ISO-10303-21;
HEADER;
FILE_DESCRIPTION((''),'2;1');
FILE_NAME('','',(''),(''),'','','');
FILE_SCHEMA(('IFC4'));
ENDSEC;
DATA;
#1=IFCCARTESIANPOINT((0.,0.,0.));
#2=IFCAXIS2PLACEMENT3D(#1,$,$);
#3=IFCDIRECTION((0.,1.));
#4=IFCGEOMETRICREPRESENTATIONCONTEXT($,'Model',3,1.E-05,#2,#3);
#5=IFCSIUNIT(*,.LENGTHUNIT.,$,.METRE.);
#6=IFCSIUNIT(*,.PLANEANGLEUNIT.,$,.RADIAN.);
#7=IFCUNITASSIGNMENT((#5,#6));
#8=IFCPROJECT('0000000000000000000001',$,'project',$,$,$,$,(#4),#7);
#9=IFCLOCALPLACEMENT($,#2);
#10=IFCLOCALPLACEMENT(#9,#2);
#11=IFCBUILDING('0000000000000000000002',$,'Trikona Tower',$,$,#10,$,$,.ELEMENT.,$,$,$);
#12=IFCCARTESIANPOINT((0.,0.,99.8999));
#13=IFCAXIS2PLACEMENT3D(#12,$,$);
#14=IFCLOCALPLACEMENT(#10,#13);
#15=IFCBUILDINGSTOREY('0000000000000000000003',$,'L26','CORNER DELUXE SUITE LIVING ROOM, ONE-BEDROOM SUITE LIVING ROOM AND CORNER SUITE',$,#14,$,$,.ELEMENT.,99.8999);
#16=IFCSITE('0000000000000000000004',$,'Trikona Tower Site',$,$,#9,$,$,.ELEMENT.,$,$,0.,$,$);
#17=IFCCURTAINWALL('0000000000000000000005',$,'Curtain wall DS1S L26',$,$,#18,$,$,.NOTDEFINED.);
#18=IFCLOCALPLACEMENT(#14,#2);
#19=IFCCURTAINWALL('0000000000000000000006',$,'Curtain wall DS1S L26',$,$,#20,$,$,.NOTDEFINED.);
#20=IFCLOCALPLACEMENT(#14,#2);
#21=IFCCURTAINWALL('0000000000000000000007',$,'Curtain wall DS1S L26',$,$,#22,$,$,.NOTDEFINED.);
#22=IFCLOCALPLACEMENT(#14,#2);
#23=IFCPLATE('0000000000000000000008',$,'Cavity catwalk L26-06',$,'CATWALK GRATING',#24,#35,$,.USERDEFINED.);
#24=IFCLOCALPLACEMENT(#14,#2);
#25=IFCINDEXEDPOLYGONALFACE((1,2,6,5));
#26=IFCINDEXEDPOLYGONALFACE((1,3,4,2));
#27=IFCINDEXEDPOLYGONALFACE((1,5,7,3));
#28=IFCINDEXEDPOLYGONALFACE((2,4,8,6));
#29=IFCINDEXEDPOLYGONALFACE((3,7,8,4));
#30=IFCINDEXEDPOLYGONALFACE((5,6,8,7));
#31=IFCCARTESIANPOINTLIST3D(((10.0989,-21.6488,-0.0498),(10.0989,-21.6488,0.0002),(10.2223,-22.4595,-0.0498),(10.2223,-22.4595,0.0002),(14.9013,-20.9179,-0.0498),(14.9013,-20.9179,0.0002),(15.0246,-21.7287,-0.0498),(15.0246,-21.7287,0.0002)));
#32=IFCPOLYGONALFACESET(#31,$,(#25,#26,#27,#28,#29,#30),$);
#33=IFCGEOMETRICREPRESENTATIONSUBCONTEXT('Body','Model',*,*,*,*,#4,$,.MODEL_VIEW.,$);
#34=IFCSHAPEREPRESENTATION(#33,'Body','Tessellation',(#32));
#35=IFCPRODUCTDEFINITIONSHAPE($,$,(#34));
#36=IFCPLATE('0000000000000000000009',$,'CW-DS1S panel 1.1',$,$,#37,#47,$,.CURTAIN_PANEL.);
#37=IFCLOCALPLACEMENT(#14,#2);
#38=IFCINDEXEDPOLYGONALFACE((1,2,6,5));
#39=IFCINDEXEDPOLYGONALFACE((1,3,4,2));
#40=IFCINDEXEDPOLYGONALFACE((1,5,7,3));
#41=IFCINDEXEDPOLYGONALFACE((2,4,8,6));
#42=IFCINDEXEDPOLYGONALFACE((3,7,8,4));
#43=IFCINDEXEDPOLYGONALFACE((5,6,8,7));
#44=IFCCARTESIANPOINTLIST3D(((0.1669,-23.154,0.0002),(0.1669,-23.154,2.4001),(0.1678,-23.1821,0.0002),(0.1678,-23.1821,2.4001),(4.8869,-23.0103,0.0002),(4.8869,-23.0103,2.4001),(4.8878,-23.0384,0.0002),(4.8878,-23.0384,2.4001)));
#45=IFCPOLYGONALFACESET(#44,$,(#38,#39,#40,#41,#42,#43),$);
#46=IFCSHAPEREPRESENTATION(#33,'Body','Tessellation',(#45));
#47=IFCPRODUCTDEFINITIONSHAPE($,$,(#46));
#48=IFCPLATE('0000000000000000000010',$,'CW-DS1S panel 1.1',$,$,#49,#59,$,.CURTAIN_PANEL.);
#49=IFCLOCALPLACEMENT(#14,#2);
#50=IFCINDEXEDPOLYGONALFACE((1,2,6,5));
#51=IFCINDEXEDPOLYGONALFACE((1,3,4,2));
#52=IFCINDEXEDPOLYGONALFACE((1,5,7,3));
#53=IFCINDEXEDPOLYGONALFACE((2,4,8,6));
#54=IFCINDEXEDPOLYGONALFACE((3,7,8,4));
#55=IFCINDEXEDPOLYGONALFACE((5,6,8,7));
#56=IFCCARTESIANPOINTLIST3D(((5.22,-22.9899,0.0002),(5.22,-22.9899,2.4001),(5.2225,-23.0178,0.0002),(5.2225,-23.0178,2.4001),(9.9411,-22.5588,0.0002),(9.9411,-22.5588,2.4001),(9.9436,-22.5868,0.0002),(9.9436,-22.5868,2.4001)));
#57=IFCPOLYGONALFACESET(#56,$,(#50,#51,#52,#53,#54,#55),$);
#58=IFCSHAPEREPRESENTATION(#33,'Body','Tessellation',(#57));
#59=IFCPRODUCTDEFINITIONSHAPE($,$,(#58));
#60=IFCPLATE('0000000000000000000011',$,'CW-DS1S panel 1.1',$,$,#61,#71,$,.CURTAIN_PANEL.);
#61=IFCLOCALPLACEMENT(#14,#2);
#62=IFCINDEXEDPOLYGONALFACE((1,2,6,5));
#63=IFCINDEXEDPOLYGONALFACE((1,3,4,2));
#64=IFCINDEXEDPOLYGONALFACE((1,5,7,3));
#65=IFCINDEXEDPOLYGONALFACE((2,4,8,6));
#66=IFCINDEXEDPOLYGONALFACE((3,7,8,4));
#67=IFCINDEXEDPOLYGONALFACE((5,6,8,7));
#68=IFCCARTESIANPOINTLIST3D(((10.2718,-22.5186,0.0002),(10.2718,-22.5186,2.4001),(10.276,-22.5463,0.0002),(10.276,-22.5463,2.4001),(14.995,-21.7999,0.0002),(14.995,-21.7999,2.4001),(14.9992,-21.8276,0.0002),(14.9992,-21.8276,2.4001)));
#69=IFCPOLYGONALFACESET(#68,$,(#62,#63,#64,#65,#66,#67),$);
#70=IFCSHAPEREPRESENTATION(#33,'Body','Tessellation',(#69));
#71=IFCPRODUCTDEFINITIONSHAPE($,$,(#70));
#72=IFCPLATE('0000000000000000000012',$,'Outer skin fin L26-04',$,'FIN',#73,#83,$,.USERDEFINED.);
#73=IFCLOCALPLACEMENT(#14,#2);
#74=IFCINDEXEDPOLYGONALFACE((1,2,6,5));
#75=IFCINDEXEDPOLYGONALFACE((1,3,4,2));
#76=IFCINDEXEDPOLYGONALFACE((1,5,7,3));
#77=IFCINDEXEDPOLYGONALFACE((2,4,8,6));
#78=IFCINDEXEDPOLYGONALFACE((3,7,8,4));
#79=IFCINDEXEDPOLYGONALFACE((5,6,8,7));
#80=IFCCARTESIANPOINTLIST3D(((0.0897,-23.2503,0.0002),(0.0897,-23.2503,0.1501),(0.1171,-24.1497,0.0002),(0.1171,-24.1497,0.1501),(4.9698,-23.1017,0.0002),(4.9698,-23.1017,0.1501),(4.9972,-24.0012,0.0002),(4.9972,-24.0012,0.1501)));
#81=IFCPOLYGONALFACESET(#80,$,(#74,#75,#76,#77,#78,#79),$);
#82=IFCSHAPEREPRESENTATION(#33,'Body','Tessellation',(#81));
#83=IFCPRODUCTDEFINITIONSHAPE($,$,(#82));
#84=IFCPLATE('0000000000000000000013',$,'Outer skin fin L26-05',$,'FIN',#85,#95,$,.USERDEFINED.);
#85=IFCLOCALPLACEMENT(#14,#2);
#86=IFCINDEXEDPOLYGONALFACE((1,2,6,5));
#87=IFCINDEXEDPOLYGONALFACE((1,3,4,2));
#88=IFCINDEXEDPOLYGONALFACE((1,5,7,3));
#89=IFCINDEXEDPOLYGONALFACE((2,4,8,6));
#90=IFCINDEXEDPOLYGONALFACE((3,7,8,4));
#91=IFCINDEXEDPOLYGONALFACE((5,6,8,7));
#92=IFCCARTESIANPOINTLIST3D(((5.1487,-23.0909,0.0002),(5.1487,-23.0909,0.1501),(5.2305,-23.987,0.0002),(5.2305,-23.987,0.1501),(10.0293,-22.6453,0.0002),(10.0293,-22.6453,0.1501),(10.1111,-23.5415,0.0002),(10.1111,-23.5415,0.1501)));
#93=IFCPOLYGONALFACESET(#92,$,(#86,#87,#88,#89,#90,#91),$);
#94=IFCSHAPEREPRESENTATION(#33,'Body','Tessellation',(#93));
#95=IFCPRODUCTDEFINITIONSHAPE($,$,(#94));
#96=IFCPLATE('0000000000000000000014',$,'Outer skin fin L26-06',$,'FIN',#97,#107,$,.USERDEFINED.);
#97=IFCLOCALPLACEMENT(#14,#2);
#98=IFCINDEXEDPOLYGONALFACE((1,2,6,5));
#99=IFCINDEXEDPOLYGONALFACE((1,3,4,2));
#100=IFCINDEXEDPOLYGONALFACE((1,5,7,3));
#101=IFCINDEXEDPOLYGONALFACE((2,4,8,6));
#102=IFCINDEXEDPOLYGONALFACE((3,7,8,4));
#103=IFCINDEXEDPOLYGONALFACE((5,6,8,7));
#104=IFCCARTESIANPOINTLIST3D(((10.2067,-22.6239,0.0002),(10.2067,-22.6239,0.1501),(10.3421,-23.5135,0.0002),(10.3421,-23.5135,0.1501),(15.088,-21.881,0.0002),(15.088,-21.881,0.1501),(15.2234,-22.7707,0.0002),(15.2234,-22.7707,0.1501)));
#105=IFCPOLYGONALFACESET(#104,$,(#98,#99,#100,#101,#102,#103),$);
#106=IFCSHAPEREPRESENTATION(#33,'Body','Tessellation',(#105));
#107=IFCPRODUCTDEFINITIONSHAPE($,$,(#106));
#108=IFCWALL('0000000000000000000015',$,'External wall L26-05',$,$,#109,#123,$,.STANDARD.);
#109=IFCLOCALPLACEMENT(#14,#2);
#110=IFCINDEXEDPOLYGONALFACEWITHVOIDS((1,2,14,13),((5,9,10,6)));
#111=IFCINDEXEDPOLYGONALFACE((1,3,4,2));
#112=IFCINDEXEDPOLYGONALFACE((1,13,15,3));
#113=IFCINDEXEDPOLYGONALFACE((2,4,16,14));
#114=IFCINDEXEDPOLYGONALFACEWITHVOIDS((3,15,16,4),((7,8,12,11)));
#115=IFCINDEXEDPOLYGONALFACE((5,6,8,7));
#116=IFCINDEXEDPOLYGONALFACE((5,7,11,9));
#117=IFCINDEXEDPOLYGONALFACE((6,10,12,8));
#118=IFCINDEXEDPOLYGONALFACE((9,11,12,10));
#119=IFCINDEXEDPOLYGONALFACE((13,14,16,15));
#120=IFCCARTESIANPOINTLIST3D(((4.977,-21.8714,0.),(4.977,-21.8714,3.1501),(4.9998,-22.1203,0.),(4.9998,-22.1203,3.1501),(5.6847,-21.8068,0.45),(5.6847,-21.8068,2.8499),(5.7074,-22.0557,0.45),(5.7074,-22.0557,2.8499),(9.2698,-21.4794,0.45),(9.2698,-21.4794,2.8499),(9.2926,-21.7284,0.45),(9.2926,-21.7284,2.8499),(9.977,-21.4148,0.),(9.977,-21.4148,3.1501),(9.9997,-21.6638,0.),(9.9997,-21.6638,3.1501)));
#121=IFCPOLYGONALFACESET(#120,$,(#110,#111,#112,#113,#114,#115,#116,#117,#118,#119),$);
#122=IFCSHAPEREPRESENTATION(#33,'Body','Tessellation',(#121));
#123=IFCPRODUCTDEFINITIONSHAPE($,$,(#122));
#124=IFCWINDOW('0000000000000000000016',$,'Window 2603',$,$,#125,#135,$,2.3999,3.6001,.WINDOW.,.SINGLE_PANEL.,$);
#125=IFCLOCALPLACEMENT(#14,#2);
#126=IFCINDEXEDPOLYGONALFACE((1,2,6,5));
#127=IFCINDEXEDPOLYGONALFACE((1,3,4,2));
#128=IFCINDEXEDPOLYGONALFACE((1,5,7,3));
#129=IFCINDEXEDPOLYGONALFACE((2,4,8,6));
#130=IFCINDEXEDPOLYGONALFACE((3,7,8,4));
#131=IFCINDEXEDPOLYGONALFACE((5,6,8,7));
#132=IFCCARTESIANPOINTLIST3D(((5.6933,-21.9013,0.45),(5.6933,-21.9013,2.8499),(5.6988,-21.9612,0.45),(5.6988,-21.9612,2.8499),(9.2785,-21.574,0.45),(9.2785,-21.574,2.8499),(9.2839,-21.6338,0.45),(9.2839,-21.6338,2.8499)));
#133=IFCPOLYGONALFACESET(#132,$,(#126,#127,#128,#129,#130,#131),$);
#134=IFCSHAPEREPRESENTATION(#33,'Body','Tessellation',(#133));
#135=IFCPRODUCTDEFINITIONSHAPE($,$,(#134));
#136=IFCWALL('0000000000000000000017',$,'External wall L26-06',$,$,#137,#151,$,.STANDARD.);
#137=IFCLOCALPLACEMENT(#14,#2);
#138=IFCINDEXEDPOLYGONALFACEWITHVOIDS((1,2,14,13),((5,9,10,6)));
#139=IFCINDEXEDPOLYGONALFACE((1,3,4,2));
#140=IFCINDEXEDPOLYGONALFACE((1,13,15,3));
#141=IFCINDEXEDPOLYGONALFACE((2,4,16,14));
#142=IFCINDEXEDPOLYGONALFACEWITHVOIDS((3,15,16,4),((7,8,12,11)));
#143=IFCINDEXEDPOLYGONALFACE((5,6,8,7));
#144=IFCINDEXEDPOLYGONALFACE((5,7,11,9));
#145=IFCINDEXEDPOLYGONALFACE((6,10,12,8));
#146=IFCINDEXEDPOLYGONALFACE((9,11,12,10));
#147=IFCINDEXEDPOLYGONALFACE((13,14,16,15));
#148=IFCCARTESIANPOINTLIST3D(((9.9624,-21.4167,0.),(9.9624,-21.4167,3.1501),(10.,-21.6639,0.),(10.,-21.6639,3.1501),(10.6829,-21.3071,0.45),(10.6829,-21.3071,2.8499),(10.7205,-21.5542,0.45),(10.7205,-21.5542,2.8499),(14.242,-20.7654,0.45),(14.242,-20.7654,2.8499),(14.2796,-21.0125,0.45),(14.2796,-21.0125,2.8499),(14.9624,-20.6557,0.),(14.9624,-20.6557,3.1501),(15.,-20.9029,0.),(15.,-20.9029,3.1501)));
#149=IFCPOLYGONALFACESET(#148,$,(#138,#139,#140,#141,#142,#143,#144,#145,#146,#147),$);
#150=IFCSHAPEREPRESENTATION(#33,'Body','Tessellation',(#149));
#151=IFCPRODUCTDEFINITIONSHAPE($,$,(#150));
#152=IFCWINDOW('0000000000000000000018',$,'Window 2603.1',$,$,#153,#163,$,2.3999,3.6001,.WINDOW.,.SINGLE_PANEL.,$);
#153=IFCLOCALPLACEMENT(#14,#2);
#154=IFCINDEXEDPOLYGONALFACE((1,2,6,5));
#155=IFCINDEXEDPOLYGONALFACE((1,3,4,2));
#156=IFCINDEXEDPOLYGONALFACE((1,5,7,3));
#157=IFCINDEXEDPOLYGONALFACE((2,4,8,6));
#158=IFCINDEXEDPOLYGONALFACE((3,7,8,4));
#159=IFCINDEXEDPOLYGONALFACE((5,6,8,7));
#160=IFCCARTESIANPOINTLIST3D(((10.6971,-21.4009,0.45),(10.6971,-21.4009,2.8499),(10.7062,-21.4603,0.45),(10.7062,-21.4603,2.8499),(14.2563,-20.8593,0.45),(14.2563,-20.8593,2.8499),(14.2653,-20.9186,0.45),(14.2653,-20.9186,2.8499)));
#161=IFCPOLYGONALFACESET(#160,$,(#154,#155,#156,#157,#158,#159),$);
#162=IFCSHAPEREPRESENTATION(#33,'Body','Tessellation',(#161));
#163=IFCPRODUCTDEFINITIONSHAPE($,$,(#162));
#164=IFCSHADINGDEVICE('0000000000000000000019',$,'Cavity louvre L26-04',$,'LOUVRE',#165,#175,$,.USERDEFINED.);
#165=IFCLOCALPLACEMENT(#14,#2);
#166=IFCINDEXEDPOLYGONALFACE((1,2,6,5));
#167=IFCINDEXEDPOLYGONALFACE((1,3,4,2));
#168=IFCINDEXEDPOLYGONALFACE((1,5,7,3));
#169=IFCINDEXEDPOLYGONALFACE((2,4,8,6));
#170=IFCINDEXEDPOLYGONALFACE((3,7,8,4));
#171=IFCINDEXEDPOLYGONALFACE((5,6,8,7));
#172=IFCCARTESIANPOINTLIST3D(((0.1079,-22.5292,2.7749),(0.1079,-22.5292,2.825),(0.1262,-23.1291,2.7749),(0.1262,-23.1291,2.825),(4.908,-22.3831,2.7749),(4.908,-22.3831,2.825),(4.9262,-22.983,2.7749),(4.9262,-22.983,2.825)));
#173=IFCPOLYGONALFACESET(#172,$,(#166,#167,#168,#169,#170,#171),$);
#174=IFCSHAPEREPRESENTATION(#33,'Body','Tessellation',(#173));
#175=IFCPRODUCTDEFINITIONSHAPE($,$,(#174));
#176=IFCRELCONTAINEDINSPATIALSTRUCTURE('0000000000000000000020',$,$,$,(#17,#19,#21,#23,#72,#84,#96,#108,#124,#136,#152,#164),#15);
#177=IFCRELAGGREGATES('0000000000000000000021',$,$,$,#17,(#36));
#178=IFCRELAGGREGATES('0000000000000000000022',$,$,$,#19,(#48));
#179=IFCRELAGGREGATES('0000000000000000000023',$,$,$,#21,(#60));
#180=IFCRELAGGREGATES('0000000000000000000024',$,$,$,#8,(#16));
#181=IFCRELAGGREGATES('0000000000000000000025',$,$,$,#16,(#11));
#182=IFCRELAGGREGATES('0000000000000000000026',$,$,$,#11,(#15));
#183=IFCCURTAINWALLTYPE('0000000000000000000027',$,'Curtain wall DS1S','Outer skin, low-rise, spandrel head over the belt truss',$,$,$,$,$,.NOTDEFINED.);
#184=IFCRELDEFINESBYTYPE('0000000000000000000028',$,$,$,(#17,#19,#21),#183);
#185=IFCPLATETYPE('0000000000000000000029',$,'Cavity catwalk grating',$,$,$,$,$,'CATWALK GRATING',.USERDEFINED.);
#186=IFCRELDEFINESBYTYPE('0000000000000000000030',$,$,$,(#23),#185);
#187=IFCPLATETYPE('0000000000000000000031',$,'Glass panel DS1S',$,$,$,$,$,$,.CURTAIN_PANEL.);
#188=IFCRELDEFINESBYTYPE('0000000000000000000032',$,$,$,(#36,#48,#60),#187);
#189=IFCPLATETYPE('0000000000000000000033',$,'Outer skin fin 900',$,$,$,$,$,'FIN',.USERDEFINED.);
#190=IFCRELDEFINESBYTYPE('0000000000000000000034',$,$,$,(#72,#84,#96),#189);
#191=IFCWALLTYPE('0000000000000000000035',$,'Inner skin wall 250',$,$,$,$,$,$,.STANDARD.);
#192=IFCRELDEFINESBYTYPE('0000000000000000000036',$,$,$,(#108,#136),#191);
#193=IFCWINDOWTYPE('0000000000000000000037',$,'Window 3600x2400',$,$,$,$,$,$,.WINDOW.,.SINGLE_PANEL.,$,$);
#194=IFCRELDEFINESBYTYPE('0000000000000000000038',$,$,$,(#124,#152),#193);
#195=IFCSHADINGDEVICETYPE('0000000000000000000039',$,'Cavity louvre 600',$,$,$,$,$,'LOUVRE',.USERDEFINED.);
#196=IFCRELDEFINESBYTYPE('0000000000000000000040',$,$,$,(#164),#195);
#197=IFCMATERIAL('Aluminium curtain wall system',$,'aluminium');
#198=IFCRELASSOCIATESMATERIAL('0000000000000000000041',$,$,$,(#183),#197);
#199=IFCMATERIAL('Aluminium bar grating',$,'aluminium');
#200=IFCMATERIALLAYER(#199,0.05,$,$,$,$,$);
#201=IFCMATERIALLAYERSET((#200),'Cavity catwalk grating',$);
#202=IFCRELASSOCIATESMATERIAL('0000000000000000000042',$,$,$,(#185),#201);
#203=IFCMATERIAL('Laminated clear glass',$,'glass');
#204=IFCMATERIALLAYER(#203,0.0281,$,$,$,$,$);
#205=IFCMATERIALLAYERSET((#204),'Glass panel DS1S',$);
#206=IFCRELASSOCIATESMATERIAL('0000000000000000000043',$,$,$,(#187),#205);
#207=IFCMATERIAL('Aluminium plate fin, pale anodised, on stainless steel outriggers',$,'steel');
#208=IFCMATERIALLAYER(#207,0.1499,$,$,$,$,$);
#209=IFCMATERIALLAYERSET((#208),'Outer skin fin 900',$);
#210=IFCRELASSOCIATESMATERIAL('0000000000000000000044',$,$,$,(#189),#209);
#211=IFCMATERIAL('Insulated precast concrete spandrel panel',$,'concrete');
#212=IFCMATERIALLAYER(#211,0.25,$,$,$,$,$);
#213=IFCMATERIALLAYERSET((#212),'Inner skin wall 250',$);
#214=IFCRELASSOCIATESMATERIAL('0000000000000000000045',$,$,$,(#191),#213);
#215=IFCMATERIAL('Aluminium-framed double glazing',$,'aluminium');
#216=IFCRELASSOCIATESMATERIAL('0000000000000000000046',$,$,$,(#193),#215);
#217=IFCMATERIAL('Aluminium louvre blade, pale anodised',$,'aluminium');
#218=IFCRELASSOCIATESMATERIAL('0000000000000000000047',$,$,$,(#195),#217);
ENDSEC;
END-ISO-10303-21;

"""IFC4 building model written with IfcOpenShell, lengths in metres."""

from ifc_helpers import new_model, si_unit, direction, frame, frame_2d, origin, origin_2d, place, context, subcontext, project, spatial, rectangle, extrude, material, layer, layer_set, type_object, element, fill, aggregate, save


model = new_model("IFC4")

# Units and contexts
model_context = context("Model", 3, precision=1e-05, world=origin(), true_north=direction((0.0, 1.0)))
body_context = subcontext(model_context, "Body", "Model", "MODEL_VIEW")
ifc_project = project(units=[si_unit("LENGTHUNIT", "METRE"), si_unit("PLANEANGLEUNIT", "RADIAN")], contexts=[model_context])

# Site, building, storey
site_placement = place(None, origin())
site = spatial("IfcSite", under=ifc_project, at=site_placement, Name="Trikona Tower Site", CompositionType="ELEMENT", RefElevation=0.0)
building_placement = place(site_placement, origin())
building = spatial("IfcBuilding", under=site, at=building_placement, Name="Trikona Tower", CompositionType="ELEMENT")
storey_placement = place(building_placement, frame((0.0, 0.0, 99.8999)))
storey = spatial("IfcBuildingStorey", under=building, at=storey_placement, Name="L26", Description="CORNER DELUXE SUITE LIVING ROOM, ONE-BEDROOM SUITE LIVING ROOM AND CORNER SUITE", CompositionType="ELEMENT", Elevation=99.8999)

# Curtain walls
ifc_material_1 = material(Name="Aluminium curtain wall system", Category="aluminium")
curtain_wall_type = type_object("IfcCurtainWallType", Name="Curtain wall DS1S", Description="Outer skin, low-rise, spandrel head over the belt truss", PredefinedType="NOTDEFINED", material=ifc_material_1)
curtain_wall_1_placement = place(storey_placement, origin())
curtain_wall_1 = element("IfcCurtainWall", 1, at=curtain_wall_1_placement, inside=storey, type_object=curtain_wall_type, Name="Curtain wall DS1S L26", PredefinedType="NOTDEFINED")
curtain_wall_2_placement = place(storey_placement, origin())
curtain_wall_2 = element("IfcCurtainWall", 2, at=curtain_wall_2_placement, inside=storey, type_object=curtain_wall_type, Name="Curtain wall DS1S L26", PredefinedType="NOTDEFINED")

# Curtain wall
curtain_wall_3_placement = place(storey_placement, origin())
curtain_wall_3 = element("IfcCurtainWall", 3, at=curtain_wall_3_placement, inside=storey, type_object=curtain_wall_type, Name="Curtain wall DS1S L26", PredefinedType="NOTDEFINED")

# Plate
ifc_material_2 = material(Name="Aluminium bar grating", Category="aluminium")
ifc_layer_1 = layer(ifc_material_2, 0.05)
ifc_layer_set_1 = layer_set([ifc_layer_1], Name="Cavity catwalk grating")
plate_type_1 = type_object("IfcPlateType", Name="Cavity catwalk grating", ElementType="CATWALK GRATING", PredefinedType="USERDEFINED", material=ifc_layer_set_1)
plate_1_placement = place(storey_placement, frame((12.5618, -21.6887, -0.0498), z_axis=(0.0, 0.0, 1.0), x_axis=(0.988618, 0.150448, 0.0)))
element("IfcPlate", 4, at=plate_1_placement, inside=storey, type_object=plate_type_1, Name="Cavity catwalk L26-06", ObjectType="CATWALK GRATING", PredefinedType="USERDEFINED", context=body_context, shape_type="SweptSolid", body=[
    extrude(rectangle(XDim=4.8577, YDim=0.8201, at=origin_2d()), origin(), (0.0, 0.0, 1.0), 0.05),
])

# Plates
ifc_material_3 = material(Name="Laminated clear glass", Category="glass")
ifc_layer_2 = layer(ifc_material_3, 0.0281)
ifc_layer_set_2 = layer_set([ifc_layer_2], Name="Glass panel DS1S")
plate_type_2 = type_object("IfcPlateType", Name="Glass panel DS1S", PredefinedType="CURTAIN_PANEL", material=ifc_layer_set_2)
plate_2_placement = place(storey_placement, frame((2.5273, -23.0962, 0.0002), z_axis=(0.0, 0.0, 1.0), x_axis=(0.999537, 0.030437, 0.0)))
plate_2 = element("IfcPlate", 5, at=plate_2_placement, type_object=plate_type_2, Name="CW-DS1S panel 1.1", PredefinedType="CURTAIN_PANEL", context=body_context, shape_type="SweptSolid", body=[
    extrude(rectangle(XDim=4.7222, YDim=0.0281, at=origin_2d()), origin(), (0.0, 0.0, 1.0), 2.3999),
])
aggregate(curtain_wall_1, [plate_2])
plate_3_placement = place(storey_placement, frame((7.5818, -22.7883, 0.0002), z_axis=(0.0, 0.0, 1.0), x_axis=(0.995858, 0.090924, 0.0)))
plate_3 = element("IfcPlate", 6, at=plate_3_placement, type_object=plate_type_2, Name="CW-DS1S panel 1.1", PredefinedType="CURTAIN_PANEL", context=body_context, shape_type="SweptSolid", body=[
    extrude(rectangle(XDim=4.7407, YDim=0.0281, at=origin_2d()), origin(), (0.0, 0.0, 1.0), 2.3999),
])
aggregate(curtain_wall_2, [plate_3])
plate_4_placement = place(storey_placement, frame((12.6355, -22.1731, 0.0002), z_axis=(0.0, 0.0, 1.0), x_axis=(0.988619, 0.150438, 0.0)))
plate_4 = element("IfcPlate", 7, at=plate_4_placement, type_object=plate_type_2, Name="CW-DS1S panel 1.1", PredefinedType="CURTAIN_PANEL", context=body_context, shape_type="SweptSolid", body=[
    extrude(rectangle(XDim=4.7776, YDim=0.0281, at=origin_2d()), origin(), (0.0, 0.0, 1.0), 2.3999),
])
aggregate(curtain_wall_3, [plate_4])

# Plates
ifc_material_4 = material(Name="Aluminium plate fin, pale anodised, on stainless steel outriggers", Category="steel")
ifc_layer_3 = layer(ifc_material_4, 0.1499)
ifc_layer_set_3 = layer_set([ifc_layer_3], Name="Outer skin fin 900")
plate_type_3 = type_object("IfcPlateType", Name="Outer skin fin 900", ElementType="FIN", PredefinedType="USERDEFINED", material=ifc_layer_set_3)
plate_5_placement = place(storey_placement, frame((2.5435, -23.6257, 0.0002), z_axis=(0.0, 0.0, 1.0), x_axis=(0.999537, 0.030425, 0.0)))
element("IfcPlate", 8, at=plate_5_placement, inside=storey, type_object=plate_type_3, Name="Outer skin fin L26-04", ObjectType="FIN", PredefinedType="USERDEFINED", context=body_context, shape_type="SweptSolid", body=[
    extrude(rectangle(XDim=4.8823, YDim=0.8999, at=origin_2d()), origin(), (0.0, 0.0, 1.0), 0.1499),
])
plate_6_placement = place(storey_placement, frame((7.6299, -23.3162, 0.0002), z_axis=(0.0, 0.0, 1.0), x_axis=(0.995858, 0.090921, 0.0)))
element("IfcPlate", 9, at=plate_6_placement, inside=storey, type_object=plate_type_3, Name="Outer skin fin L26-05", ObjectType="FIN", PredefinedType="USERDEFINED", context=body_context, shape_type="SweptSolid", body=[
    extrude(rectangle(XDim=4.9009, YDim=0.8999, at=origin_2d()), origin(), (0.0, 0.0, 1.0), 0.1499),
])
plate_7_placement = place(storey_placement, frame((12.7151, -22.6973, 0.0002), z_axis=(0.0, 0.0, 1.0), x_axis=(0.988618, 0.150448, 0.0)))
element("IfcPlate", 10, at=plate_7_placement, inside=storey, type_object=plate_type_3, Name="Outer skin fin L26-06", ObjectType="FIN", PredefinedType="USERDEFINED", context=body_context, shape_type="SweptSolid", body=[
    extrude(rectangle(XDim=4.9375, YDim=0.8999, at=origin_2d()), origin(), (0.0, 0.0, 1.0), 0.1499),
])

# Walls, openings, windows
ifc_material_5 = material(Name="Insulated precast concrete spandrel panel", Category="concrete")
ifc_layer_4 = layer(ifc_material_5, 0.25)
ifc_layer_set_4 = layer_set([ifc_layer_4], Name="Inner skin wall 250")
wall_type = type_object("IfcWallType", Name="Inner skin wall 250", PredefinedType="STANDARD", material=ifc_layer_set_4)
wall_1_placement = place(storey_placement, frame((4.9885, -21.9958, 0.0), z_axis=(0.0, 0.0, 1.0), x_axis=(0.995857, 0.09093, 0.0)))
wall_1 = element("IfcWall", 11, at=wall_1_placement, inside=storey, type_object=wall_type, Name="External wall L26-05", PredefinedType="STANDARD", context=body_context, shape_type="SweptSolid", body=[
    extrude(rectangle(XDim=5.0208, YDim=0.25, at=frame_2d((2.5103, 0.0))), origin(), (0.0, 0.0, 1.0), 3.1501),
])
opening_1_placement = place(wall_1_placement, frame((0.7104, 0.0, 0.45)))
opening_1 = element("IfcOpeningElement", 12, at=opening_1_placement, cuts=wall_1, PredefinedType="OPENING", context=body_context, shape_type="SweptSolid", body=[
    extrude(rectangle(XDim=3.6001, YDim=2.3999, at=frame_2d((1.8, 1.2))), frame((0.0, 0.135, 0.0), z_axis=(0.0, -1.0, 0.0), x_axis=(1.0, 0.0, 0.0)), (0.0, 0.0, 1.0), 0.27),
])
ifc_material_6 = material(Name="Aluminium-framed double glazing", Category="aluminium")
window_type = type_object("IfcWindowType", Name="Window 3600x2400", PartitioningType="SINGLE_PANEL", PredefinedType="WINDOW", material=ifc_material_6)
window_1_placement = place(opening_1_placement, origin())
window_1 = element("IfcWindow", 13, at=window_1_placement, inside=storey, type_object=window_type, Name="Window 2603", OverallHeight=2.3999, OverallWidth=3.6001, PartitioningType="SINGLE_PANEL", PredefinedType="WINDOW", context=body_context, shape_type="SweptSolid", body=[
    extrude(rectangle(XDim=3.6001, YDim=2.3999, at=frame_2d((1.8, 1.2))), frame((0.0, 0.03, 0.0), z_axis=(0.0, -1.0, 0.0), x_axis=(1.0, 0.0, 0.0)), (0.0, 0.0, 1.0), 0.0601),
])
fill(opening_1, window_1)
wall_2_placement = place(storey_placement, frame((9.9812, -21.5403, 0.0), z_axis=(0.0, 0.0, 1.0), x_axis=(0.988615, 0.150465, 0.0)))
wall_2 = element("IfcWall", 14, at=wall_2_placement, inside=storey, type_object=wall_type, Name="External wall L26-06", PredefinedType="STANDARD", context=body_context, shape_type="SweptSolid", body=[
    extrude(rectangle(XDim=5.0576, YDim=0.25, at=frame_2d((2.5288, 0.0))), origin(), (0.0, 0.0, 1.0), 3.1501),
])
opening_2_placement = place(wall_2_placement, frame((0.7288, 0.0, 0.45)))
opening_2 = element("IfcOpeningElement", 15, at=opening_2_placement, cuts=wall_2, PredefinedType="OPENING", context=body_context, shape_type="SweptSolid", body=[
    extrude(rectangle(XDim=3.6001, YDim=2.3999, at=frame_2d((1.8, 1.2))), frame((0.0, 0.135, 0.0), z_axis=(0.0, -1.0, 0.0), x_axis=(1.0, 0.0, 0.0)), (0.0, 0.0, 1.0), 0.27),
])
window_2_placement = place(opening_2_placement, origin())
window_2 = element("IfcWindow", 16, at=window_2_placement, inside=storey, type_object=window_type, Name="Window 2603.1", OverallHeight=2.3999, OverallWidth=3.6001, PartitioningType="SINGLE_PANEL", PredefinedType="WINDOW", context=body_context, shape_type="SweptSolid", body=[
    extrude(rectangle(XDim=3.6001, YDim=2.3999, at=frame_2d((1.8, 1.2))), frame((0.0, 0.03, 0.0), z_axis=(0.0, -1.0, 0.0), x_axis=(1.0, 0.0, 0.0)), (0.0, 0.0, 1.0), 0.0601),
])
fill(opening_2, window_2)

# Shading device
ifc_material_7 = material(Name="Aluminium louvre blade, pale anodised", Category="aluminium")
shading_device_type = type_object("IfcShadingDeviceType", Name="Cavity louvre 600", ElementType="LOUVRE", PredefinedType="USERDEFINED", material=ifc_material_7)
shading_device_1_placement = place(storey_placement, frame((2.5171, -22.7561, 2.7749), z_axis=(0.0, 0.0, 1.0), x_axis=(0.999537, 0.030425, 0.0)))
element("IfcShadingDevice", 17, at=shading_device_1_placement, inside=storey, type_object=shading_device_type, Name="Cavity louvre L26-04", ObjectType="LOUVRE", PredefinedType="USERDEFINED", context=body_context, shape_type="SweptSolid", body=[
    extrude(rectangle(XDim=4.8022, YDim=0.6001, at=origin_2d()), origin(), (0.0, 0.0, 1.0), 0.05),
])

save(model, "model.ifc")
